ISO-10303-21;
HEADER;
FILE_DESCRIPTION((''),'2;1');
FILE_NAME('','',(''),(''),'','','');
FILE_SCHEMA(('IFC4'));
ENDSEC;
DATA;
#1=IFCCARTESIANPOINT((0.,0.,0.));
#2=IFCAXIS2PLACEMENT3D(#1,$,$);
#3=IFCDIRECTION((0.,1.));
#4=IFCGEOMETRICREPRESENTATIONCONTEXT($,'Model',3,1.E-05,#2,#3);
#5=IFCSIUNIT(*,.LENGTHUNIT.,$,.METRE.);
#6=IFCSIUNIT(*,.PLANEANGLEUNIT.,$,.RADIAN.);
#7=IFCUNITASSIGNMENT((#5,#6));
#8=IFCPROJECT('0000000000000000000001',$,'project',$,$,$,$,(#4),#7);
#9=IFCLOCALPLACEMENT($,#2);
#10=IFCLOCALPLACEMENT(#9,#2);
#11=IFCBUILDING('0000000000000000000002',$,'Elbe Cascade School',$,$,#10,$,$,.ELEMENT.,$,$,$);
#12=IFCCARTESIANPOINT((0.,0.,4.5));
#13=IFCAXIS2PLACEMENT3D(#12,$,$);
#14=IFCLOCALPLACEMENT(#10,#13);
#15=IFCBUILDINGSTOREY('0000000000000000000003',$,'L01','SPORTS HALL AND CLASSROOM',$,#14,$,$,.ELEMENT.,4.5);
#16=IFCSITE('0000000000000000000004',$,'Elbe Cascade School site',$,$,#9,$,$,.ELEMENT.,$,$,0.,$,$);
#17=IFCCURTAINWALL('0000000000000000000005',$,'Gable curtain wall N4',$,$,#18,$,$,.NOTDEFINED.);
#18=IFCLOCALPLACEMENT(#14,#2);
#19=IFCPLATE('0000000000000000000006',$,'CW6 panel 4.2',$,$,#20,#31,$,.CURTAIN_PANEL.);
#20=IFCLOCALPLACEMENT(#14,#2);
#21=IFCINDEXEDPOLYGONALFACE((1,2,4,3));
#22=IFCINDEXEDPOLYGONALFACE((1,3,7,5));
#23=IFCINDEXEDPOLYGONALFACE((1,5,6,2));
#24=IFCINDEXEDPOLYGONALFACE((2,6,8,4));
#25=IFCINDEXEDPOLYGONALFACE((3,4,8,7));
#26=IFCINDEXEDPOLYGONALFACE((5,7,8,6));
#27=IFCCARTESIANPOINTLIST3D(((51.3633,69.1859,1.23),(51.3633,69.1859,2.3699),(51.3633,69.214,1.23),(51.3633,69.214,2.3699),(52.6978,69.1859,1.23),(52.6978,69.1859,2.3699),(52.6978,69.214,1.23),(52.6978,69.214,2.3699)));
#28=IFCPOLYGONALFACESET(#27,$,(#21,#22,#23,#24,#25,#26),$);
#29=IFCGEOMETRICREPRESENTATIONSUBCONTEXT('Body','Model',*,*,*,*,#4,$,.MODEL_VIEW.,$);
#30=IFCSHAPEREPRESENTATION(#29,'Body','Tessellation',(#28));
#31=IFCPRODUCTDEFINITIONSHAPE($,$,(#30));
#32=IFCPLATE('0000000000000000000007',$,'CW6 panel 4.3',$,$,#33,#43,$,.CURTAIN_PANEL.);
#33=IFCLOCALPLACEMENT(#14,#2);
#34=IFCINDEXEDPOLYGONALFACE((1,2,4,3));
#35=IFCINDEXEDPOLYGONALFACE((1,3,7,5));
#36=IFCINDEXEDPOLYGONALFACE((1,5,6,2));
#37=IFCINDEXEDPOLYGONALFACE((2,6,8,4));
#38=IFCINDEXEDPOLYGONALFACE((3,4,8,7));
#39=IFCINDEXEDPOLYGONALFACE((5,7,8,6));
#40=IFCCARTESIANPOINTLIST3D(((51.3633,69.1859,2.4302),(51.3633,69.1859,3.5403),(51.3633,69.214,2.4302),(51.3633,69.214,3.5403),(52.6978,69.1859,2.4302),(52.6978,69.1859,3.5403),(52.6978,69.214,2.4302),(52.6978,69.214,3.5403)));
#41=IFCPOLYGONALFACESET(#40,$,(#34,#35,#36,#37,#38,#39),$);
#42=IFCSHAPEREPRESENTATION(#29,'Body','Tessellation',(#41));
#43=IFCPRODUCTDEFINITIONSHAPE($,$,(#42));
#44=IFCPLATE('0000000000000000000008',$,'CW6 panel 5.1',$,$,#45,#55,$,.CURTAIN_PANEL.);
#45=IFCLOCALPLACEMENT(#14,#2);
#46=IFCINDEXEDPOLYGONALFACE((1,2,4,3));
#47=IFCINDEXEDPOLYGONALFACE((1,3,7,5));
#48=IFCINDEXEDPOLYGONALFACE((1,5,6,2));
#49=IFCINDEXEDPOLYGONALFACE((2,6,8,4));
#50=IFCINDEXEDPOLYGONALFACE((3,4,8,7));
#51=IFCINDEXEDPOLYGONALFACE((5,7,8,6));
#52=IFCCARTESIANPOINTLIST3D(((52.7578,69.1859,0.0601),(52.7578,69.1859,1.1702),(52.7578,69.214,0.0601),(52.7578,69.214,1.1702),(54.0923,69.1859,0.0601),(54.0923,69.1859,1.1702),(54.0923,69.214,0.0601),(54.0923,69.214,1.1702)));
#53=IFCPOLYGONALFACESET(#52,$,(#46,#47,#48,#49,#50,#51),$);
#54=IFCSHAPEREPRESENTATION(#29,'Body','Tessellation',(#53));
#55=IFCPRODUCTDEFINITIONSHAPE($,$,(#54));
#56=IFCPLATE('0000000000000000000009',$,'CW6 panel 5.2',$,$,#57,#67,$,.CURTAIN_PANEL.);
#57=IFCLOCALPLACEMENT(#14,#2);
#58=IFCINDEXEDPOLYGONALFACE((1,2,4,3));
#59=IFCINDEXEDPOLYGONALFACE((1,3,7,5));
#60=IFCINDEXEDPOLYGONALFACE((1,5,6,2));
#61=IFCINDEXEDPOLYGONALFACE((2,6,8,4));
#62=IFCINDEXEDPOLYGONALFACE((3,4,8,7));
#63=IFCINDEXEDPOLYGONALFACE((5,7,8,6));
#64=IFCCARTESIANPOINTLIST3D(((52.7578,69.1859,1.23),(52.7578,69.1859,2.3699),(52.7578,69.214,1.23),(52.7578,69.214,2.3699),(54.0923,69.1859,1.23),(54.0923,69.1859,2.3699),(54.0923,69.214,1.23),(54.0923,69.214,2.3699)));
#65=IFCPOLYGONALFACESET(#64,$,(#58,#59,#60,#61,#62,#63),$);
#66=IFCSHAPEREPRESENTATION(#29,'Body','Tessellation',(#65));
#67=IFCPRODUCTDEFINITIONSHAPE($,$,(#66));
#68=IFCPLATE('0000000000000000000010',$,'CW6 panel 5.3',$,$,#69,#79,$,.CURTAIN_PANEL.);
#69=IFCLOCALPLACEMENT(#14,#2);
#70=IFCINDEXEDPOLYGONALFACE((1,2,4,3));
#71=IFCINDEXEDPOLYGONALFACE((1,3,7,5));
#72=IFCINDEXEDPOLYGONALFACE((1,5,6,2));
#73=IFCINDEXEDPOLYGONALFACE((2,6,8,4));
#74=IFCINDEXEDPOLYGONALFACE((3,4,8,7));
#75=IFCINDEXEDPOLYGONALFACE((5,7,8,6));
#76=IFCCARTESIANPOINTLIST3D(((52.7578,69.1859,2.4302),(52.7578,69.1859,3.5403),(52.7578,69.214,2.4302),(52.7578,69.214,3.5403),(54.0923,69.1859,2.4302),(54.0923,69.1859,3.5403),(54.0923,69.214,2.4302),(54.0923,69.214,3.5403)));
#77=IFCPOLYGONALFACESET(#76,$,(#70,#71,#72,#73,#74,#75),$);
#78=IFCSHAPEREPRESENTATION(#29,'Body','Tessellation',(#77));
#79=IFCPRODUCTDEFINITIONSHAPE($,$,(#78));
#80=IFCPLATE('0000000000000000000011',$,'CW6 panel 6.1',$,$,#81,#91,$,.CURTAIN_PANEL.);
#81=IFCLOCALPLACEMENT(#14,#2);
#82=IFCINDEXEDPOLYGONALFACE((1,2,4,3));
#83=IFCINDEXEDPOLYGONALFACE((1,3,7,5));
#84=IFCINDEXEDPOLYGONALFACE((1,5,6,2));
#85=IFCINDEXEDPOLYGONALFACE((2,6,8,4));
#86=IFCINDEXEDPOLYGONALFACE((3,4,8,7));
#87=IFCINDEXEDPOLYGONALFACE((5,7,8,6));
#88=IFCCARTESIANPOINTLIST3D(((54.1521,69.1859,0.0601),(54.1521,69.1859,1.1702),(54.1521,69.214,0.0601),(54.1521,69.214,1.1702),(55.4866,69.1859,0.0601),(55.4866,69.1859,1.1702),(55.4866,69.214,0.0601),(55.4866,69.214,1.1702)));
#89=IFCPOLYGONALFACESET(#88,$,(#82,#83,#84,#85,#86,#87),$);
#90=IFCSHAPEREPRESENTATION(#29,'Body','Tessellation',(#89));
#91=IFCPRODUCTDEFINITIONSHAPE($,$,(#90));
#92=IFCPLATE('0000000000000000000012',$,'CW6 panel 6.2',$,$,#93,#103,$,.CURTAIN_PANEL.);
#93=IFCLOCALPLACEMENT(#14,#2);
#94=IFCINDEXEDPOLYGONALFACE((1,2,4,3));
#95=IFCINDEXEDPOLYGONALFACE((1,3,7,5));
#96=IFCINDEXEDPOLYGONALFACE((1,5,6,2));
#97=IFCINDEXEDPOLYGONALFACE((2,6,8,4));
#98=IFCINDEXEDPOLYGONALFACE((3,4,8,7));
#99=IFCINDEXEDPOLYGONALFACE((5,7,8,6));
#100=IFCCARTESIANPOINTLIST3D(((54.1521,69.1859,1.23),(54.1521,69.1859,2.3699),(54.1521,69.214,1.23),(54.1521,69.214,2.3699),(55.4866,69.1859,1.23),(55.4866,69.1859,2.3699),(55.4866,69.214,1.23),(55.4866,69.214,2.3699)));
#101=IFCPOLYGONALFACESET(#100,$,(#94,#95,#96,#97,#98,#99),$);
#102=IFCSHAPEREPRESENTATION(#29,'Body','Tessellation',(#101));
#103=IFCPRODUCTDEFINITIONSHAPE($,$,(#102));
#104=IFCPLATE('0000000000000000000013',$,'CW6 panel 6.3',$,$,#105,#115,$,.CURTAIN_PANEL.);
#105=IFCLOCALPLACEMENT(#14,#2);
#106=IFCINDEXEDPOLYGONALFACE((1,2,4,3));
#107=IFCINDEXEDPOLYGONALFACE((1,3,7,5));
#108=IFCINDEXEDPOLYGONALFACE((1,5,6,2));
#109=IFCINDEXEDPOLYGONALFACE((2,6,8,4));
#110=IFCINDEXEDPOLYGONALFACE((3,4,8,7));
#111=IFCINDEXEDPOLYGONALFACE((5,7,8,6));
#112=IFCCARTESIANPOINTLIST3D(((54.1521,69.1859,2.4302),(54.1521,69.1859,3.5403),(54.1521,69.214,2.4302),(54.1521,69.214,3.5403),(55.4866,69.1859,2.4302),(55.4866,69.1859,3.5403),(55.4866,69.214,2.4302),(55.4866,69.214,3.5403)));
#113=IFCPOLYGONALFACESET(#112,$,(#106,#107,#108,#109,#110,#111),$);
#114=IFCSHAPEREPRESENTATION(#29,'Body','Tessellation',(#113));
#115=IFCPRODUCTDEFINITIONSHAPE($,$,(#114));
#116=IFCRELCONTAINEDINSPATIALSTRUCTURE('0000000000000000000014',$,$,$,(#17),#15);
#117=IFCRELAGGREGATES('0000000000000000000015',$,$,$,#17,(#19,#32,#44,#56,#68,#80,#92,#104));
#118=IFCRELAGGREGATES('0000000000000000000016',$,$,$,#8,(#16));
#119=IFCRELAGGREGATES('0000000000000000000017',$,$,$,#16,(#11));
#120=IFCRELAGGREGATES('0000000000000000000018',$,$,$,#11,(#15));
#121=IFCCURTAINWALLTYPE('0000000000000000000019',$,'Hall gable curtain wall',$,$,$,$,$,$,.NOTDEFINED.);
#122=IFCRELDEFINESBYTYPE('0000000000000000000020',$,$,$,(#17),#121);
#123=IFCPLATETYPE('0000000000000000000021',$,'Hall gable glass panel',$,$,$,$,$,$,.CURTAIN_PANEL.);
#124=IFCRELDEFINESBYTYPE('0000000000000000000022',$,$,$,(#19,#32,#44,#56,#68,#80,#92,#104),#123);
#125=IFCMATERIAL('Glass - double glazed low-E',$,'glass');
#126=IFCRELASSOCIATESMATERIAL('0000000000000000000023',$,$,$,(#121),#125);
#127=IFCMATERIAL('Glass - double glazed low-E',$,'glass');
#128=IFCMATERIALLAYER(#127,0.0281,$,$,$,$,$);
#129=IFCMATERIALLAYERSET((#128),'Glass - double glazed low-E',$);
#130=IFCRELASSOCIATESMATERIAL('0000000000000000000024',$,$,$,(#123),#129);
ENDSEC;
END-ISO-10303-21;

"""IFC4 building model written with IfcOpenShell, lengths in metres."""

from ifc_helpers import new_model, si_unit, direction, frame, origin, origin_2d, place, context, subcontext, project, spatial, rectangle, extrude, material, layer, layer_set, type_object, element, aggregate, save


model = new_model("IFC4")

# Units and contexts
model_context = context("Model", 3, precision=1e-05, world=origin(), true_north=direction((0.0, 1.0)))
body_context = subcontext(model_context, "Body", "Model", "MODEL_VIEW")
ifc_project = project(units=[si_unit("LENGTHUNIT", "METRE"), si_unit("PLANEANGLEUNIT", "RADIAN")], contexts=[model_context])

# Site, building, storey
site_placement = place(None, origin())
site = spatial("IfcSite", under=ifc_project, at=site_placement, Name="Elbe Cascade School site", CompositionType="ELEMENT", RefElevation=0.0)
building_placement = place(site_placement, origin())
building = spatial("IfcBuilding", under=site, at=building_placement, Name="Elbe Cascade School", CompositionType="ELEMENT")
storey_placement = place(building_placement, frame((0.0, 0.0, 4.5)))
storey = spatial("IfcBuildingStorey", under=building, at=storey_placement, Name="L01", Description="SPORTS HALL AND CLASSROOM", CompositionType="ELEMENT", Elevation=4.5)

# Curtain wall, plates
ifc_material_1 = material(Name="Glass - double glazed low-E", Category="glass")
curtain_wall_type = type_object("IfcCurtainWallType", Name="Hall gable curtain wall", PredefinedType="NOTDEFINED", material=ifc_material_1)
curtain_wall_placement = place(storey_placement, origin())
curtain_wall = element("IfcCurtainWall", 1, at=curtain_wall_placement, inside=storey, type_object=curtain_wall_type, Name="Gable curtain wall N4", PredefinedType="NOTDEFINED")
ifc_material_2 = material(Name="Glass - double glazed low-E", Category="glass")
ifc_layer = layer(ifc_material_2, 0.0281)
ifc_layer_set = layer_set([ifc_layer], Name="Glass - double glazed low-E")
plate_type = type_object("IfcPlateType", Name="Hall gable glass panel", PredefinedType="CURTAIN_PANEL", material=ifc_layer_set)
plate_1_placement = place(storey_placement, frame((52.0305, 69.2, 1.23), z_axis=(0.0, 0.0, 1.0), x_axis=(1.0, 0.0, 0.0)))
plate_1 = element("IfcPlate", 2, at=plate_1_placement, type_object=plate_type, Name="CW6 panel 4.2", PredefinedType="CURTAIN_PANEL", context=body_context, shape_type="SweptSolid", body=[
    extrude(rectangle(XDim=1.3345, YDim=0.0281, at=origin_2d()), origin(), (0.0, 0.0, 1.0), 1.1399),
])
plate_2_placement = place(storey_placement, frame((52.0305, 69.2, 2.4302), z_axis=(0.0, 0.0, 1.0), x_axis=(1.0, 0.0, 0.0)))
plate_2 = element("IfcPlate", 3, at=plate_2_placement, type_object=plate_type, Name="CW6 panel 4.3", PredefinedType="CURTAIN_PANEL", context=body_context, shape_type="SweptSolid", body=[
    extrude(rectangle(XDim=1.3345, YDim=0.0281, at=origin_2d()), origin(), (0.0, 0.0, 1.0), 1.1101),
])
plate_3_placement = place(storey_placement, frame((53.425, 69.2, 0.0601), z_axis=(0.0, 0.0, 1.0), x_axis=(1.0, 0.0, 0.0)))
plate_3 = element("IfcPlate", 4, at=plate_3_placement, type_object=plate_type, Name="CW6 panel 5.1", PredefinedType="CURTAIN_PANEL", context=body_context, shape_type="SweptSolid", body=[
    extrude(rectangle(XDim=1.3345, YDim=0.0281, at=origin_2d()), origin(), (0.0, 0.0, 1.0), 1.1101),
])
plate_4_placement = place(storey_placement, frame((53.425, 69.2, 1.23), z_axis=(0.0, 0.0, 1.0), x_axis=(1.0, 0.0, 0.0)))
plate_4 = element("IfcPlate", 5, at=plate_4_placement, type_object=plate_type, Name="CW6 panel 5.2", PredefinedType="CURTAIN_PANEL", context=body_context, shape_type="SweptSolid", body=[
    extrude(rectangle(XDim=1.3345, YDim=0.0281, at=origin_2d()), origin(), (0.0, 0.0, 1.0), 1.1399),
])
plate_5_placement = place(storey_placement, frame((53.425, 69.2, 2.4302), z_axis=(0.0, 0.0, 1.0), x_axis=(1.0, 0.0, 0.0)))
plate_5 = element("IfcPlate", 6, at=plate_5_placement, type_object=plate_type, Name="CW6 panel 5.3", PredefinedType="CURTAIN_PANEL", context=body_context, shape_type="SweptSolid", body=[
    extrude(rectangle(XDim=1.3345, YDim=0.0281, at=origin_2d()), origin(), (0.0, 0.0, 1.0), 1.1101),
])
plate_6_placement = place(storey_placement, frame((54.8193, 69.2, 0.0601), z_axis=(0.0, 0.0, 1.0), x_axis=(1.0, 0.0, 0.0)))
plate_6 = element("IfcPlate", 7, at=plate_6_placement, type_object=plate_type, Name="CW6 panel 6.1", PredefinedType="CURTAIN_PANEL", context=body_context, shape_type="SweptSolid", body=[
    extrude(rectangle(XDim=1.3345, YDim=0.0281, at=origin_2d()), origin(), (0.0, 0.0, 1.0), 1.1101),
])
plate_7_placement = place(storey_placement, frame((54.8193, 69.2, 1.23), z_axis=(0.0, 0.0, 1.0), x_axis=(1.0, 0.0, 0.0)))
plate_7 = element("IfcPlate", 8, at=plate_7_placement, type_object=plate_type, Name="CW6 panel 6.2", PredefinedType="CURTAIN_PANEL", context=body_context, shape_type="SweptSolid", body=[
    extrude(rectangle(XDim=1.3345, YDim=0.0281, at=origin_2d()), origin(), (0.0, 0.0, 1.0), 1.1399),
])
plate_8_placement = place(storey_placement, frame((54.8193, 69.2, 2.4302), z_axis=(0.0, 0.0, 1.0), x_axis=(1.0, 0.0, 0.0)))
plate_8 = element("IfcPlate", 9, at=plate_8_placement, type_object=plate_type, Name="CW6 panel 6.3", PredefinedType="CURTAIN_PANEL", context=body_context, shape_type="SweptSolid", body=[
    extrude(rectangle(XDim=1.3345, YDim=0.0281, at=origin_2d()), origin(), (0.0, 0.0, 1.0), 1.1101),
])
aggregate(curtain_wall, [plate_1, plate_2, plate_3, plate_4, plate_5, plate_6, plate_7, plate_8])

save(model, "model.ifc")
